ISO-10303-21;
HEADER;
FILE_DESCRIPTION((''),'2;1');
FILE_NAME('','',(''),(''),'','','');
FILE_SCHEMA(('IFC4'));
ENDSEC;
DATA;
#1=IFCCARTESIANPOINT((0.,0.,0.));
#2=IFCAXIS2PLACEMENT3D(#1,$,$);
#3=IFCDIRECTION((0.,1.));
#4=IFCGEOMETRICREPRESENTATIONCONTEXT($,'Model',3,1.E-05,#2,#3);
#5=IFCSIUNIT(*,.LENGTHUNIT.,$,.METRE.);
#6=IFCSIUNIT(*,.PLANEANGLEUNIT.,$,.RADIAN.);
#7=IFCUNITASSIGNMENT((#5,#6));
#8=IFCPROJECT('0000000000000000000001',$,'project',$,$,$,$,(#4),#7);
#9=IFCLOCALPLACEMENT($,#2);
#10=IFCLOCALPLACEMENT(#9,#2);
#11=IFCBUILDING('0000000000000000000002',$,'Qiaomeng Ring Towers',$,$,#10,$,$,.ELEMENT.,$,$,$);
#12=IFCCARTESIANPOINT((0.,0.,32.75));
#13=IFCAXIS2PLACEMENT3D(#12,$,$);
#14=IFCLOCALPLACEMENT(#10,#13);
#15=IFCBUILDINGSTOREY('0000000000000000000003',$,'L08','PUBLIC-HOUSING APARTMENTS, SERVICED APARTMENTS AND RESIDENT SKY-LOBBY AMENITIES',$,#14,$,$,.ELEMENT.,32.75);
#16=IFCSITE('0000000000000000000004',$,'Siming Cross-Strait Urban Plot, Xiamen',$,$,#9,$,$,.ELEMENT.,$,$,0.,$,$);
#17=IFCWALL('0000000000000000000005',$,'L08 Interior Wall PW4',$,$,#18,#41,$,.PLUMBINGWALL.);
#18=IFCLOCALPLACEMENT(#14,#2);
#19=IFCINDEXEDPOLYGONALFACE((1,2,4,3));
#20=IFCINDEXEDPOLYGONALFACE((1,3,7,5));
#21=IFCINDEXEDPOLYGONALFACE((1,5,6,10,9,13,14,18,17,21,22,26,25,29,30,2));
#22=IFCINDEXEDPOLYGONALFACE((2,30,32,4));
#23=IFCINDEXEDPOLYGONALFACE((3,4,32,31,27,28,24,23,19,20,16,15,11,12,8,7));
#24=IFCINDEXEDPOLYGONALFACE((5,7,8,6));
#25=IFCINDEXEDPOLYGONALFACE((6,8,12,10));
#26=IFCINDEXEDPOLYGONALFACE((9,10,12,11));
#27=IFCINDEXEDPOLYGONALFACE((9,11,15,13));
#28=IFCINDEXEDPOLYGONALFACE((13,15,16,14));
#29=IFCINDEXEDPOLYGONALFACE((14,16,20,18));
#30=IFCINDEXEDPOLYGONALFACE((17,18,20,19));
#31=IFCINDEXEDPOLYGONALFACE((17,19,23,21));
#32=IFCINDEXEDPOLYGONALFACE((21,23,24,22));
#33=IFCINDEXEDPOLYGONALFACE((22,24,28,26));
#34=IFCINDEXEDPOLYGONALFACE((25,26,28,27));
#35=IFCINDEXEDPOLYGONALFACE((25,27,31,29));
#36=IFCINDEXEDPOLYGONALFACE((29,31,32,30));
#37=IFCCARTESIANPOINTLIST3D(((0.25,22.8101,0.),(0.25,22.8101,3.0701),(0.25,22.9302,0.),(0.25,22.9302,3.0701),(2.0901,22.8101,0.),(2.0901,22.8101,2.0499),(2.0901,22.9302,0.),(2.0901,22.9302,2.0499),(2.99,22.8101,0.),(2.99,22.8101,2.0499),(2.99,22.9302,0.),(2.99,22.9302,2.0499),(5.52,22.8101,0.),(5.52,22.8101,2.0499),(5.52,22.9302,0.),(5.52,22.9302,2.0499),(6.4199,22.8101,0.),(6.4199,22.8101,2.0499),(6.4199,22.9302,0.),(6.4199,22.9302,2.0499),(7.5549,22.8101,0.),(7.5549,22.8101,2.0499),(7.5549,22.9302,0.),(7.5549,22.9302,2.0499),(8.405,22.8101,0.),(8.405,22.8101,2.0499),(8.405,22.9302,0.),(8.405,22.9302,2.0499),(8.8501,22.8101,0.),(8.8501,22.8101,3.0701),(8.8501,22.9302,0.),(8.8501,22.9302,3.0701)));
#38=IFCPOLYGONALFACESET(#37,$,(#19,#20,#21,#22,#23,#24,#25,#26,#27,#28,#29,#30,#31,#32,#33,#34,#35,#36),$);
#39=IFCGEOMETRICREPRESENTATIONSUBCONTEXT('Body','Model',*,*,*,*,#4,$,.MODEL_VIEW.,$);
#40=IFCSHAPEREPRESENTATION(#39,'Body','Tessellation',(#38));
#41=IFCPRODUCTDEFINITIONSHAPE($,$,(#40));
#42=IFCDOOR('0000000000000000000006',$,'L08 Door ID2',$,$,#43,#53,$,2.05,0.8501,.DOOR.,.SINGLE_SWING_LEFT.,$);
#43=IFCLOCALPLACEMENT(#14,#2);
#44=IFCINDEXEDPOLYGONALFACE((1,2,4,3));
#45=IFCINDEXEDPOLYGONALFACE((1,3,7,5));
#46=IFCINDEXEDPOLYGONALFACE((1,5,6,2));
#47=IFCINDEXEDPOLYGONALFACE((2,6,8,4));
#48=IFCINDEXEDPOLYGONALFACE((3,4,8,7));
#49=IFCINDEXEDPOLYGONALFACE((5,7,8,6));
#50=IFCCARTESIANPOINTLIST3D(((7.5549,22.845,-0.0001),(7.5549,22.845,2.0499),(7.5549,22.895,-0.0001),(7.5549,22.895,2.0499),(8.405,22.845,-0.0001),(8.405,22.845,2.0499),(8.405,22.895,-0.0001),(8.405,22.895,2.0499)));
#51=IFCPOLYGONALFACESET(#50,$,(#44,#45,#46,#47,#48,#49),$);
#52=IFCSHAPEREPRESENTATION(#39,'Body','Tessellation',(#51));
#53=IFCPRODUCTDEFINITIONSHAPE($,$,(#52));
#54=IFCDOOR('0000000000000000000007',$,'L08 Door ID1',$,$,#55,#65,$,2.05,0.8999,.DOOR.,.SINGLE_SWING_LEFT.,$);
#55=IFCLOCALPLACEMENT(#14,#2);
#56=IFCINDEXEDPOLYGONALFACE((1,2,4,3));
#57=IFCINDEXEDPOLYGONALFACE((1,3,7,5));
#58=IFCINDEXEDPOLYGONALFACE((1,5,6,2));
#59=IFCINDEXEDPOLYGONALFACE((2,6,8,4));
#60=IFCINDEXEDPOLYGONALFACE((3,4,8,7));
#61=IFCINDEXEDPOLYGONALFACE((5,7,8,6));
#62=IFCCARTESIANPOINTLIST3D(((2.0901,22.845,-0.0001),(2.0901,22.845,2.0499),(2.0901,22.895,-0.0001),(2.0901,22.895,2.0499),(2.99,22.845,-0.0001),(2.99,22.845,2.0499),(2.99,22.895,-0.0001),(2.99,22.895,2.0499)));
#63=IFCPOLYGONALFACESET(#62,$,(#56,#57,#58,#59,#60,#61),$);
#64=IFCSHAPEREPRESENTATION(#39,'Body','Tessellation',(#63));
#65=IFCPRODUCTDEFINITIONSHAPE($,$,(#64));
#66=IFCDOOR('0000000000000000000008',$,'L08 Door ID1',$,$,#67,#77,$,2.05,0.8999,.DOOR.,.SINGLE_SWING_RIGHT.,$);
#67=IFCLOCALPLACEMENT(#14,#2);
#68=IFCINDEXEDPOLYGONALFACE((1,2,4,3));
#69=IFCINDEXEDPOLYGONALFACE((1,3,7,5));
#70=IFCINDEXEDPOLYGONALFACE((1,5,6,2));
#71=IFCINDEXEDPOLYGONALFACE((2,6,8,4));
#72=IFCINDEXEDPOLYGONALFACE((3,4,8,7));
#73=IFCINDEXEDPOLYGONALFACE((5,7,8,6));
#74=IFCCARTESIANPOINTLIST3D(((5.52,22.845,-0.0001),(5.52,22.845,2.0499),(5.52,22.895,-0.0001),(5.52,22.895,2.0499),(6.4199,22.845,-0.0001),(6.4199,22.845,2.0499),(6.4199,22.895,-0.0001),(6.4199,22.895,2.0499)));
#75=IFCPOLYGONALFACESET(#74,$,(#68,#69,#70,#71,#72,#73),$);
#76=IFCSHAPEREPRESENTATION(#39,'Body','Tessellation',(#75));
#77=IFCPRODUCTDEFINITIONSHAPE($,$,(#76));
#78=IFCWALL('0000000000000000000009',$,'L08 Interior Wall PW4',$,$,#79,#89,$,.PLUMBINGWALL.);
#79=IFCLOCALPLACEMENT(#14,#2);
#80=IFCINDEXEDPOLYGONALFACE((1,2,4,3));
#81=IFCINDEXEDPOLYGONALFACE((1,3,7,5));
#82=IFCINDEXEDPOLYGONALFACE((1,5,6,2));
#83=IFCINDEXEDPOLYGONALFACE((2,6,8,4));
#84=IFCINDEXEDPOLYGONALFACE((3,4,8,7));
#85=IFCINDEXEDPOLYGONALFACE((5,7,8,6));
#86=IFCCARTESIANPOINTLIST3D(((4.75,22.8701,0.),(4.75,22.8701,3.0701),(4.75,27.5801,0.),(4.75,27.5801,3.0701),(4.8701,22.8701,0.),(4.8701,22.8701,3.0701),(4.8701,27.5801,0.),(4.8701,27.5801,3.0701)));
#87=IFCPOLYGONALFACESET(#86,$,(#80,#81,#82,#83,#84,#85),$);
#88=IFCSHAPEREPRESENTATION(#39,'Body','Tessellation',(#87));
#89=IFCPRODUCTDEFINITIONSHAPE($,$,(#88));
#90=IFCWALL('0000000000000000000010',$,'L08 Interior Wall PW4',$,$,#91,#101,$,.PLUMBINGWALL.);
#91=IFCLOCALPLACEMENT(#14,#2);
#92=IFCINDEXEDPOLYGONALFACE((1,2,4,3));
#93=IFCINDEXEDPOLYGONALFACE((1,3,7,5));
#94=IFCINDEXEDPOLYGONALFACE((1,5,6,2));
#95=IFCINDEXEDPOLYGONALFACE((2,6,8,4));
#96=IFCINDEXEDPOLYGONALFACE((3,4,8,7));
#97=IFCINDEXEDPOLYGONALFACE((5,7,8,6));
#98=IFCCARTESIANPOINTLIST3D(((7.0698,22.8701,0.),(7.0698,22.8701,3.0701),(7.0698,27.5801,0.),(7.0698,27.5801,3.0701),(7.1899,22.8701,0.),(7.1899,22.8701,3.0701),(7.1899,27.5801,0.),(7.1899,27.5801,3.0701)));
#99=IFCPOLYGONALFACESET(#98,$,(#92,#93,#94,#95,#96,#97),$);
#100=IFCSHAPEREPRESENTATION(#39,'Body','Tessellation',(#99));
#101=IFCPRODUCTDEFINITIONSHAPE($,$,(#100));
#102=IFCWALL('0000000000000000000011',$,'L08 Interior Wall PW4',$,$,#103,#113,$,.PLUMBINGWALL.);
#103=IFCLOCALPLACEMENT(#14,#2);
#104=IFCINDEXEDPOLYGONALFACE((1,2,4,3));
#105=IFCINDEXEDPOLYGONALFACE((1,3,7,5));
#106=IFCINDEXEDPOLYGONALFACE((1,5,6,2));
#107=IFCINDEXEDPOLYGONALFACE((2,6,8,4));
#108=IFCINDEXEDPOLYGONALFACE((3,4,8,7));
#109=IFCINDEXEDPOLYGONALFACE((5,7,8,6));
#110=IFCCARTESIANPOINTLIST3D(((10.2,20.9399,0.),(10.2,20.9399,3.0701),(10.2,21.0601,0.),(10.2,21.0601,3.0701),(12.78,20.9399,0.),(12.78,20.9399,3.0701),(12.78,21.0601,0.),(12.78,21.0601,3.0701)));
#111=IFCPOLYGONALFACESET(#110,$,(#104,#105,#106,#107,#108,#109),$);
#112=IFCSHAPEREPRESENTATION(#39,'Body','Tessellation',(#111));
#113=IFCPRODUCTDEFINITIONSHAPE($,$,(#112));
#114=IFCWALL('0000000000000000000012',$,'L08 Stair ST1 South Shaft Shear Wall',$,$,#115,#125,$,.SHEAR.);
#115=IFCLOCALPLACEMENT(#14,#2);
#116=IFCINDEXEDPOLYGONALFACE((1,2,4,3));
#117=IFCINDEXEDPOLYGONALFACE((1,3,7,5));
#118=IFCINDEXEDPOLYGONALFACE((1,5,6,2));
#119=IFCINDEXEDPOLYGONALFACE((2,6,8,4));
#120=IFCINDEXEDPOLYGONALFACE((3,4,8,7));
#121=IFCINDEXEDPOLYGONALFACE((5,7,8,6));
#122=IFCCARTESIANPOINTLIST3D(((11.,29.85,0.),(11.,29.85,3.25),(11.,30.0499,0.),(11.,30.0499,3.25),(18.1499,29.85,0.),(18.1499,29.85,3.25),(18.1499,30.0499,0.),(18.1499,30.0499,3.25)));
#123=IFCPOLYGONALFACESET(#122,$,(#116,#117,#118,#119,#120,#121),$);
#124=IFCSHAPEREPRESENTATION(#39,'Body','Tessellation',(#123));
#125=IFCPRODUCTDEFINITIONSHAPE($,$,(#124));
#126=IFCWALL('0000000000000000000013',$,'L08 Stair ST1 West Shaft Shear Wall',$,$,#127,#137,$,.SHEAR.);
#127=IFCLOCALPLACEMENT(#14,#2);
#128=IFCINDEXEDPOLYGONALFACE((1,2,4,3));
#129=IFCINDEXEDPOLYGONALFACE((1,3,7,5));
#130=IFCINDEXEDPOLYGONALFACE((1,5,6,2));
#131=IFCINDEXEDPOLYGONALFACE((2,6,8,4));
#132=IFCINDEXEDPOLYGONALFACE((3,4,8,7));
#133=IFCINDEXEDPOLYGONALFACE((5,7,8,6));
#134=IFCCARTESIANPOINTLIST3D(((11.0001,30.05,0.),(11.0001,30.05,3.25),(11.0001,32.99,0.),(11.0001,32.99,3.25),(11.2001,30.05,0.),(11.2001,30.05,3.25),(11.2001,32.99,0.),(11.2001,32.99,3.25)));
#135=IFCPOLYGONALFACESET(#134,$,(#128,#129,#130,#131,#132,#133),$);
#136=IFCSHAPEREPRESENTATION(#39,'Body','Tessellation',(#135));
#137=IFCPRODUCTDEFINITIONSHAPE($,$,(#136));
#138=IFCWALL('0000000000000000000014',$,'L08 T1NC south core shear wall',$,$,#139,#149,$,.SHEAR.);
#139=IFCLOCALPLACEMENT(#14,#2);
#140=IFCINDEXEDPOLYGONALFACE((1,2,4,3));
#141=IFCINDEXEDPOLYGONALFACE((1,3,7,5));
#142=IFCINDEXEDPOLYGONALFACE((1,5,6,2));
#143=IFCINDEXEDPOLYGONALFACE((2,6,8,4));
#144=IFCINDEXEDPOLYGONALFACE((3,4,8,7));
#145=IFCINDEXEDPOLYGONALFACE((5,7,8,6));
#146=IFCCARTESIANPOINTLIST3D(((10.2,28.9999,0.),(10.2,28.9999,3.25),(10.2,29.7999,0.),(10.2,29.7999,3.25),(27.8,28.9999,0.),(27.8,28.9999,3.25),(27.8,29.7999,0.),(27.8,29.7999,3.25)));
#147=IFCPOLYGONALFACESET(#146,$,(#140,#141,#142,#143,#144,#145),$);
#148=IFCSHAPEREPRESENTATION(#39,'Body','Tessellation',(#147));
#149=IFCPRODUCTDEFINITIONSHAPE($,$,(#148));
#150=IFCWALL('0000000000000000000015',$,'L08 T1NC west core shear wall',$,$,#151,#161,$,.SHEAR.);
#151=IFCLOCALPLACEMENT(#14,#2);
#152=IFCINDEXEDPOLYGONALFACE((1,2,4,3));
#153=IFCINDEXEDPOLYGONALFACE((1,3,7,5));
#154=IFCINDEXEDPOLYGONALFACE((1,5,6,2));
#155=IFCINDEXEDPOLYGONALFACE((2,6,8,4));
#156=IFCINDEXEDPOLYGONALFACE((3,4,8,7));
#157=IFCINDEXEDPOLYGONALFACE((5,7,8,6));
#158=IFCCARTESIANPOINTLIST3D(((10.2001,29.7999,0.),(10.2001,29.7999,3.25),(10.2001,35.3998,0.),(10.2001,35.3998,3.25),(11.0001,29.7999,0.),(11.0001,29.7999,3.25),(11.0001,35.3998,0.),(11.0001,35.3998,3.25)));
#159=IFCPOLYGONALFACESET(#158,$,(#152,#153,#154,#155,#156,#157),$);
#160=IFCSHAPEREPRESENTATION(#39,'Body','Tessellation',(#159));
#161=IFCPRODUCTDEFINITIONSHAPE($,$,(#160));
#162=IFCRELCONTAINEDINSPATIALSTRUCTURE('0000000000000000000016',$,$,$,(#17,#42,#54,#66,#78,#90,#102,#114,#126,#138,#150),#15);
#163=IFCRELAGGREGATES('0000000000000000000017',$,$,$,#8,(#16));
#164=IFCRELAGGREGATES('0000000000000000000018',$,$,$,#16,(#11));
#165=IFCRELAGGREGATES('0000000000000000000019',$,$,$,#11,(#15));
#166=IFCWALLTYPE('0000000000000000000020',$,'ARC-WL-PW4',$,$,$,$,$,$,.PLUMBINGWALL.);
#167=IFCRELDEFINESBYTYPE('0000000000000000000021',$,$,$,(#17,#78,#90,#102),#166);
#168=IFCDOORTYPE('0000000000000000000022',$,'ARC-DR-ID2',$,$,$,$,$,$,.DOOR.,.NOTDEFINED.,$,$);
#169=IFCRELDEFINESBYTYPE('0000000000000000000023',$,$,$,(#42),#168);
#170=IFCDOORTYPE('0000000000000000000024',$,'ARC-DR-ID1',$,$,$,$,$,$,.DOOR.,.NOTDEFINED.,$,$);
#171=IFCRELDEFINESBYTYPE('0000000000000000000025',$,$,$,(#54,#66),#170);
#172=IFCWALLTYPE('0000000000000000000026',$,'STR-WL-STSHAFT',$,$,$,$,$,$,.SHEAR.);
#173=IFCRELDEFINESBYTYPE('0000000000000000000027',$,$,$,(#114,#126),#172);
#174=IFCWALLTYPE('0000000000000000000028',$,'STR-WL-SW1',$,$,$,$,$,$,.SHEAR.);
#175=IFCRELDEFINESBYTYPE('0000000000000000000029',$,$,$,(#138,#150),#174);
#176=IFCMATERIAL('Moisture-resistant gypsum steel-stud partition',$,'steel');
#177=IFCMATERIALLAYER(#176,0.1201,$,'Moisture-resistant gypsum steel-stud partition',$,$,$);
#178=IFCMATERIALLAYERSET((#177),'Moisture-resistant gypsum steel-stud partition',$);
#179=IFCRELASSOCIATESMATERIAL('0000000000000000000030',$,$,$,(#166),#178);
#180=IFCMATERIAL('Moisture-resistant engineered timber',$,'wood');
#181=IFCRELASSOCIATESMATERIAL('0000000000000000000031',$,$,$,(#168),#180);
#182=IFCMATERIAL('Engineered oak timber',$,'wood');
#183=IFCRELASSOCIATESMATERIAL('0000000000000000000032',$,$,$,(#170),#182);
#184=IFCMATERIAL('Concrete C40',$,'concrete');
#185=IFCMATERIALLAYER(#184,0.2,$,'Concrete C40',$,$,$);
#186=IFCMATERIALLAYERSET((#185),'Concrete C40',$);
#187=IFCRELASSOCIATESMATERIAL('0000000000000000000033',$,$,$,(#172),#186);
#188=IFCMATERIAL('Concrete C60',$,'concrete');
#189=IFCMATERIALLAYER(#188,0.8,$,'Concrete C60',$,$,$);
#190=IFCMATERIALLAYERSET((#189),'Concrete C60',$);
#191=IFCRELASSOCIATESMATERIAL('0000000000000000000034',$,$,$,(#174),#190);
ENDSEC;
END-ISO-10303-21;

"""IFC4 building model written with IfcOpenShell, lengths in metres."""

from ifc_helpers import new_model, si_unit, direction, frame, frame_2d, origin, place, context, subcontext, project, spatial, rectangle, extrude, source, transform, mapped, material, layer, layer_set, type_object, element, fill, save


model = new_model("IFC4")

# Units and contexts
model_context = context("Model", 3, precision=1e-05, world=origin(), true_north=direction((0.0, 1.0)))
body_context = subcontext(model_context, "Body", "Model", "MODEL_VIEW")
ifc_project = project(units=[si_unit("LENGTHUNIT", "METRE"), si_unit("PLANEANGLEUNIT", "RADIAN")], contexts=[model_context])

# Site, building, storey
site_placement = place(None, origin())
site = spatial("IfcSite", under=ifc_project, at=site_placement, Name="Siming Cross-Strait Urban Plot, Xiamen", CompositionType="ELEMENT", RefElevation=0.0)
building_placement = place(site_placement, origin())
building = spatial("IfcBuilding", under=site, at=building_placement, Name="Qiaomeng Ring Towers", CompositionType="ELEMENT")
storey_placement = place(building_placement, frame((0.0, 0.0, 32.75)))
storey = spatial("IfcBuildingStorey", under=building, at=storey_placement, Name="L08", Description="PUBLIC-HOUSING APARTMENTS, SERVICED APARTMENTS AND RESIDENT SKY-LOBBY AMENITIES", CompositionType="ELEMENT", Elevation=32.75)

# Shared definitions
ifc_material_1 = material(Name="Concrete C60", Category="concrete")

# Wall, openings, doors
ifc_material_2 = material(Name="Moisture-resistant gypsum steel-stud partition", Category="steel")
ifc_layer_1 = layer(ifc_material_2, 0.1201, Name="Moisture-resistant gypsum steel-stud partition")
ifc_layer_set_1 = layer_set([ifc_layer_1], Name="Moisture-resistant gypsum steel-stud partition")
wall_type_1 = type_object("IfcWallType", Name="ARC-WL-PW4", PredefinedType="PLUMBINGWALL", material=ifc_layer_set_1)
wall_1_placement = place(storey_placement, frame((0.25, 22.8701, 0.0), z_axis=(0.0, 0.0, 1.0), x_axis=(1.0, 0.0, 0.0)))
wall_1 = element("IfcWall", 1, at=wall_1_placement, inside=storey, type_object=wall_type_1, Name="L08 Interior Wall PW4", PredefinedType="PLUMBINGWALL", context=body_context, shape_type="SweptSolid", body=[
    extrude(rectangle(XDim=8.6001, YDim=0.1201, at=frame_2d((4.3, 0.0))), origin(), (0.0, 0.0, 1.0), 3.0701),
])
opening_1_placement = place(wall_1_placement, frame((1.8401, 0.0, 0.0)))
opening_1 = element("IfcOpeningElement", 2, at=opening_1_placement, cuts=wall_1, PredefinedType="OPENING", context=body_context, shape_type="SweptSolid", body=[
    extrude(rectangle(XDim=0.8999, YDim=2.05, at=frame_2d((0.45, 1.0249))), frame((0.0, 0.0701, 0.0), z_axis=(0.0, -1.0, 0.0), x_axis=(1.0, 0.0, 0.0)), (0.0, 0.0, 1.0), 0.1401),
])
opening_2_placement = place(wall_1_placement, frame((5.27, 0.0, 0.0)))
opening_2 = element("IfcOpeningElement", 3, at=opening_2_placement, cuts=wall_1, PredefinedType="OPENING", context=body_context, shape_type="SweptSolid", body=[
    extrude(rectangle(XDim=0.8999, YDim=2.05, at=frame_2d((0.45, 1.0249))), frame((0.0, 0.0701, 0.0), z_axis=(0.0, -1.0, 0.0), x_axis=(1.0, 0.0, 0.0)), (0.0, 0.0, 1.0), 0.1401),
])
opening_3_placement = place(wall_1_placement, frame((7.3049, 0.0, 0.0)))
opening_3 = element("IfcOpeningElement", 4, at=opening_3_placement, cuts=wall_1, PredefinedType="OPENING", context=body_context, shape_type="SweptSolid", body=[
    extrude(rectangle(XDim=0.8501, YDim=2.05, at=frame_2d((0.425, 1.0249))), frame((0.0, 0.0701, 0.0), z_axis=(0.0, -1.0, 0.0), x_axis=(1.0, 0.0, 0.0)), (0.0, 0.0, 1.0), 0.1401),
])
ifc_material_3 = material(Name="Moisture-resistant engineered timber", Category="wood")
door_type_1 = type_object("IfcDoorType", Name="ARC-DR-ID2", OperationType="NOTDEFINED", PredefinedType="DOOR", material=ifc_material_3)
shared_shape_1 = source(origin(), body_context, "Body", "SweptSolid", [
    extrude(rectangle(XDim=0.8501, YDim=2.05, at=frame_2d((0.425, 1.0249))), frame((0.0, 0.0249, 0.0), z_axis=(0.0, -1.0, 0.0), x_axis=(1.0, 0.0, 0.0)), (0.0, 0.0, 1.0), 0.05),
])
door_1_placement = place(opening_3_placement, origin())
door_1 = element("IfcDoor", 5, at=door_1_placement, inside=storey, type_object=door_type_1, Name="L08 Door ID2", OperationType="SINGLE_SWING_LEFT", OverallHeight=2.05, OverallWidth=0.8501, PredefinedType="DOOR", context=body_context, shape_type="MappedRepresentation", body=[
    mapped(shared_shape_1, transform((0.0, 0.0, 0.0), x_axis=(1.0, 0.0, 0.0), y_axis=(0.0, 1.0, 0.0), z_axis=(0.0, 0.0, 1.0), scale=1.0)),
])
fill(opening_3, door_1)
ifc_material_4 = material(Name="Engineered oak timber", Category="wood")
door_type_2 = type_object("IfcDoorType", Name="ARC-DR-ID1", OperationType="NOTDEFINED", PredefinedType="DOOR", material=ifc_material_4)
shared_shape_2 = source(origin(), body_context, "Body", "SweptSolid", [
    extrude(rectangle(XDim=0.8999, YDim=2.05, at=frame_2d((0.45, 1.0249))), frame((0.0, 0.0249, 0.0), z_axis=(0.0, -1.0, 0.0), x_axis=(1.0, 0.0, 0.0)), (0.0, 0.0, 1.0), 0.05),
])
door_2_placement = place(opening_1_placement, origin())
door_2 = element("IfcDoor", 6, at=door_2_placement, inside=storey, type_object=door_type_2, Name="L08 Door ID1", OperationType="SINGLE_SWING_LEFT", OverallHeight=2.05, OverallWidth=0.8999, PredefinedType="DOOR", context=body_context, shape_type="MappedRepresentation", body=[
    mapped(shared_shape_2, transform((0.0, 0.0, 0.0), x_axis=(1.0, 0.0, 0.0), y_axis=(0.0, 1.0, 0.0), z_axis=(0.0, 0.0, 1.0), scale=1.0)),
])
fill(opening_1, door_2)
door_3_placement = place(opening_2_placement, origin())
door_3 = element("IfcDoor", 7, at=door_3_placement, inside=storey, type_object=door_type_2, Name="L08 Door ID1", OperationType="SINGLE_SWING_RIGHT", OverallHeight=2.05, OverallWidth=0.8999, PredefinedType="DOOR", context=body_context, shape_type="MappedRepresentation", body=[
    mapped(shared_shape_2, transform((0.0, 0.0, 0.0), x_axis=(1.0, 0.0, 0.0), y_axis=(0.0, 1.0, 0.0), z_axis=(0.0, 0.0, 1.0), scale=1.0)),
])
fill(opening_2, door_3)

# Walls
for number, where, z_axis, x_axis, name in (
    (8, (4.8101, 22.8701, 0.0), (0.0, 0.0, 1.0), (0.0, 1.0, 0.0), "L08 Interior Wall PW4"),
    (9, (7.1299, 22.8701, 0.0), (0.0, 0.0, 1.0), (0.0, 1.0, 0.0), "L08 Interior Wall PW4"),
):
    element("IfcWall", number, at=place(storey_placement, frame(where, z_axis=z_axis, x_axis=x_axis)), inside=storey, type_object=wall_type_1, Name=name, PredefinedType="PLUMBINGWALL", context=body_context, shape_type="SweptSolid", body=[
        extrude(rectangle(XDim=4.71, YDim=0.1201, at=frame_2d((2.355, 0.0))), origin(), (0.0, 0.0, 1.0), 3.0701),
    ])
wall_2_placement = place(storey_placement, frame((10.2, 21.0, 0.0), z_axis=(0.0, 0.0, 1.0), x_axis=(1.0, 0.0, 0.0)))
element("IfcWall", 10, at=wall_2_placement, inside=storey, type_object=wall_type_1, Name="L08 Interior Wall PW4", PredefinedType="PLUMBINGWALL", context=body_context, shape_type="SweptSolid", body=[
    extrude(rectangle(XDim=2.5801, YDim=0.1201, at=frame_2d((1.29, 0.0))), origin(), (0.0, 0.0, 1.0), 3.0701),
])
ifc_material_5 = material(Name="Concrete C40", Category="concrete")
ifc_layer_2 = layer(ifc_material_5, 0.2, Name="Concrete C40")
ifc_layer_set_2 = layer_set([ifc_layer_2], Name="Concrete C40")
wall_type_2 = type_object("IfcWallType", Name="STR-WL-STSHAFT", PredefinedType="SHEAR", material=ifc_layer_set_2)
wall_3_placement = place(storey_placement, frame((11.0, 29.95, 0.0), z_axis=(0.0, 0.0, 1.0), x_axis=(1.0, 0.0, 0.0)))
element("IfcWall", 11, at=wall_3_placement, inside=storey, type_object=wall_type_2, Name="L08 Stair ST1 South Shaft Shear Wall", PredefinedType="SHEAR", context=body_context, shape_type="SweptSolid", body=[
    extrude(rectangle(XDim=7.1499, YDim=0.2, at=frame_2d((3.575, 0.0))), origin(), (0.0, 0.0, 1.0), 3.25),
])
wall_4_placement = place(storey_placement, frame((11.1001, 30.05, 0.0), z_axis=(0.0, 0.0, 1.0), x_axis=(0.0, 1.0, 0.0)))
element("IfcWall", 12, at=wall_4_placement, inside=storey, type_object=wall_type_2, Name="L08 Stair ST1 West Shaft Shear Wall", PredefinedType="SHEAR", context=body_context, shape_type="SweptSolid", body=[
    extrude(rectangle(XDim=2.9399, YDim=0.2, at=frame_2d((1.47, 0.0))), origin(), (0.0, 0.0, 1.0), 3.25),
])
ifc_layer_3 = layer(ifc_material_1, 0.8, Name="Concrete C60")
ifc_layer_set_3 = layer_set([ifc_layer_3], Name="Concrete C60")
wall_type_3 = type_object("IfcWallType", Name="STR-WL-SW1", PredefinedType="SHEAR", material=ifc_layer_set_3)
wall_5_placement = place(storey_placement, frame((10.2, 29.3999, 0.0), z_axis=(0.0, 0.0, 1.0), x_axis=(1.0, 0.0, 0.0)))
element("IfcWall", 13, at=wall_5_placement, inside=storey, type_object=wall_type_3, Name="L08 T1NC south core shear wall", PredefinedType="SHEAR", context=body_context, shape_type="SweptSolid", body=[
    extrude(rectangle(XDim=17.6001, YDim=0.8, at=frame_2d((8.8, 0.0))), origin(), (0.0, 0.0, 1.0), 3.25),
])
wall_6_placement = place(storey_placement, frame((10.6001, 29.8, 0.0), z_axis=(0.0, 0.0, 1.0), x_axis=(0.0, 1.0, 0.0)))
element("IfcWall", 14, at=wall_6_placement, inside=storey, type_object=wall_type_3, Name="L08 T1NC west core shear wall", PredefinedType="SHEAR", context=body_context, shape_type="SweptSolid", body=[
    extrude(rectangle(XDim=5.5999, YDim=0.8, at=frame_2d((2.7998, 0.0))), origin(), (0.0, 0.0, 1.0), 3.25),
])

save(model, "model.ifc")
